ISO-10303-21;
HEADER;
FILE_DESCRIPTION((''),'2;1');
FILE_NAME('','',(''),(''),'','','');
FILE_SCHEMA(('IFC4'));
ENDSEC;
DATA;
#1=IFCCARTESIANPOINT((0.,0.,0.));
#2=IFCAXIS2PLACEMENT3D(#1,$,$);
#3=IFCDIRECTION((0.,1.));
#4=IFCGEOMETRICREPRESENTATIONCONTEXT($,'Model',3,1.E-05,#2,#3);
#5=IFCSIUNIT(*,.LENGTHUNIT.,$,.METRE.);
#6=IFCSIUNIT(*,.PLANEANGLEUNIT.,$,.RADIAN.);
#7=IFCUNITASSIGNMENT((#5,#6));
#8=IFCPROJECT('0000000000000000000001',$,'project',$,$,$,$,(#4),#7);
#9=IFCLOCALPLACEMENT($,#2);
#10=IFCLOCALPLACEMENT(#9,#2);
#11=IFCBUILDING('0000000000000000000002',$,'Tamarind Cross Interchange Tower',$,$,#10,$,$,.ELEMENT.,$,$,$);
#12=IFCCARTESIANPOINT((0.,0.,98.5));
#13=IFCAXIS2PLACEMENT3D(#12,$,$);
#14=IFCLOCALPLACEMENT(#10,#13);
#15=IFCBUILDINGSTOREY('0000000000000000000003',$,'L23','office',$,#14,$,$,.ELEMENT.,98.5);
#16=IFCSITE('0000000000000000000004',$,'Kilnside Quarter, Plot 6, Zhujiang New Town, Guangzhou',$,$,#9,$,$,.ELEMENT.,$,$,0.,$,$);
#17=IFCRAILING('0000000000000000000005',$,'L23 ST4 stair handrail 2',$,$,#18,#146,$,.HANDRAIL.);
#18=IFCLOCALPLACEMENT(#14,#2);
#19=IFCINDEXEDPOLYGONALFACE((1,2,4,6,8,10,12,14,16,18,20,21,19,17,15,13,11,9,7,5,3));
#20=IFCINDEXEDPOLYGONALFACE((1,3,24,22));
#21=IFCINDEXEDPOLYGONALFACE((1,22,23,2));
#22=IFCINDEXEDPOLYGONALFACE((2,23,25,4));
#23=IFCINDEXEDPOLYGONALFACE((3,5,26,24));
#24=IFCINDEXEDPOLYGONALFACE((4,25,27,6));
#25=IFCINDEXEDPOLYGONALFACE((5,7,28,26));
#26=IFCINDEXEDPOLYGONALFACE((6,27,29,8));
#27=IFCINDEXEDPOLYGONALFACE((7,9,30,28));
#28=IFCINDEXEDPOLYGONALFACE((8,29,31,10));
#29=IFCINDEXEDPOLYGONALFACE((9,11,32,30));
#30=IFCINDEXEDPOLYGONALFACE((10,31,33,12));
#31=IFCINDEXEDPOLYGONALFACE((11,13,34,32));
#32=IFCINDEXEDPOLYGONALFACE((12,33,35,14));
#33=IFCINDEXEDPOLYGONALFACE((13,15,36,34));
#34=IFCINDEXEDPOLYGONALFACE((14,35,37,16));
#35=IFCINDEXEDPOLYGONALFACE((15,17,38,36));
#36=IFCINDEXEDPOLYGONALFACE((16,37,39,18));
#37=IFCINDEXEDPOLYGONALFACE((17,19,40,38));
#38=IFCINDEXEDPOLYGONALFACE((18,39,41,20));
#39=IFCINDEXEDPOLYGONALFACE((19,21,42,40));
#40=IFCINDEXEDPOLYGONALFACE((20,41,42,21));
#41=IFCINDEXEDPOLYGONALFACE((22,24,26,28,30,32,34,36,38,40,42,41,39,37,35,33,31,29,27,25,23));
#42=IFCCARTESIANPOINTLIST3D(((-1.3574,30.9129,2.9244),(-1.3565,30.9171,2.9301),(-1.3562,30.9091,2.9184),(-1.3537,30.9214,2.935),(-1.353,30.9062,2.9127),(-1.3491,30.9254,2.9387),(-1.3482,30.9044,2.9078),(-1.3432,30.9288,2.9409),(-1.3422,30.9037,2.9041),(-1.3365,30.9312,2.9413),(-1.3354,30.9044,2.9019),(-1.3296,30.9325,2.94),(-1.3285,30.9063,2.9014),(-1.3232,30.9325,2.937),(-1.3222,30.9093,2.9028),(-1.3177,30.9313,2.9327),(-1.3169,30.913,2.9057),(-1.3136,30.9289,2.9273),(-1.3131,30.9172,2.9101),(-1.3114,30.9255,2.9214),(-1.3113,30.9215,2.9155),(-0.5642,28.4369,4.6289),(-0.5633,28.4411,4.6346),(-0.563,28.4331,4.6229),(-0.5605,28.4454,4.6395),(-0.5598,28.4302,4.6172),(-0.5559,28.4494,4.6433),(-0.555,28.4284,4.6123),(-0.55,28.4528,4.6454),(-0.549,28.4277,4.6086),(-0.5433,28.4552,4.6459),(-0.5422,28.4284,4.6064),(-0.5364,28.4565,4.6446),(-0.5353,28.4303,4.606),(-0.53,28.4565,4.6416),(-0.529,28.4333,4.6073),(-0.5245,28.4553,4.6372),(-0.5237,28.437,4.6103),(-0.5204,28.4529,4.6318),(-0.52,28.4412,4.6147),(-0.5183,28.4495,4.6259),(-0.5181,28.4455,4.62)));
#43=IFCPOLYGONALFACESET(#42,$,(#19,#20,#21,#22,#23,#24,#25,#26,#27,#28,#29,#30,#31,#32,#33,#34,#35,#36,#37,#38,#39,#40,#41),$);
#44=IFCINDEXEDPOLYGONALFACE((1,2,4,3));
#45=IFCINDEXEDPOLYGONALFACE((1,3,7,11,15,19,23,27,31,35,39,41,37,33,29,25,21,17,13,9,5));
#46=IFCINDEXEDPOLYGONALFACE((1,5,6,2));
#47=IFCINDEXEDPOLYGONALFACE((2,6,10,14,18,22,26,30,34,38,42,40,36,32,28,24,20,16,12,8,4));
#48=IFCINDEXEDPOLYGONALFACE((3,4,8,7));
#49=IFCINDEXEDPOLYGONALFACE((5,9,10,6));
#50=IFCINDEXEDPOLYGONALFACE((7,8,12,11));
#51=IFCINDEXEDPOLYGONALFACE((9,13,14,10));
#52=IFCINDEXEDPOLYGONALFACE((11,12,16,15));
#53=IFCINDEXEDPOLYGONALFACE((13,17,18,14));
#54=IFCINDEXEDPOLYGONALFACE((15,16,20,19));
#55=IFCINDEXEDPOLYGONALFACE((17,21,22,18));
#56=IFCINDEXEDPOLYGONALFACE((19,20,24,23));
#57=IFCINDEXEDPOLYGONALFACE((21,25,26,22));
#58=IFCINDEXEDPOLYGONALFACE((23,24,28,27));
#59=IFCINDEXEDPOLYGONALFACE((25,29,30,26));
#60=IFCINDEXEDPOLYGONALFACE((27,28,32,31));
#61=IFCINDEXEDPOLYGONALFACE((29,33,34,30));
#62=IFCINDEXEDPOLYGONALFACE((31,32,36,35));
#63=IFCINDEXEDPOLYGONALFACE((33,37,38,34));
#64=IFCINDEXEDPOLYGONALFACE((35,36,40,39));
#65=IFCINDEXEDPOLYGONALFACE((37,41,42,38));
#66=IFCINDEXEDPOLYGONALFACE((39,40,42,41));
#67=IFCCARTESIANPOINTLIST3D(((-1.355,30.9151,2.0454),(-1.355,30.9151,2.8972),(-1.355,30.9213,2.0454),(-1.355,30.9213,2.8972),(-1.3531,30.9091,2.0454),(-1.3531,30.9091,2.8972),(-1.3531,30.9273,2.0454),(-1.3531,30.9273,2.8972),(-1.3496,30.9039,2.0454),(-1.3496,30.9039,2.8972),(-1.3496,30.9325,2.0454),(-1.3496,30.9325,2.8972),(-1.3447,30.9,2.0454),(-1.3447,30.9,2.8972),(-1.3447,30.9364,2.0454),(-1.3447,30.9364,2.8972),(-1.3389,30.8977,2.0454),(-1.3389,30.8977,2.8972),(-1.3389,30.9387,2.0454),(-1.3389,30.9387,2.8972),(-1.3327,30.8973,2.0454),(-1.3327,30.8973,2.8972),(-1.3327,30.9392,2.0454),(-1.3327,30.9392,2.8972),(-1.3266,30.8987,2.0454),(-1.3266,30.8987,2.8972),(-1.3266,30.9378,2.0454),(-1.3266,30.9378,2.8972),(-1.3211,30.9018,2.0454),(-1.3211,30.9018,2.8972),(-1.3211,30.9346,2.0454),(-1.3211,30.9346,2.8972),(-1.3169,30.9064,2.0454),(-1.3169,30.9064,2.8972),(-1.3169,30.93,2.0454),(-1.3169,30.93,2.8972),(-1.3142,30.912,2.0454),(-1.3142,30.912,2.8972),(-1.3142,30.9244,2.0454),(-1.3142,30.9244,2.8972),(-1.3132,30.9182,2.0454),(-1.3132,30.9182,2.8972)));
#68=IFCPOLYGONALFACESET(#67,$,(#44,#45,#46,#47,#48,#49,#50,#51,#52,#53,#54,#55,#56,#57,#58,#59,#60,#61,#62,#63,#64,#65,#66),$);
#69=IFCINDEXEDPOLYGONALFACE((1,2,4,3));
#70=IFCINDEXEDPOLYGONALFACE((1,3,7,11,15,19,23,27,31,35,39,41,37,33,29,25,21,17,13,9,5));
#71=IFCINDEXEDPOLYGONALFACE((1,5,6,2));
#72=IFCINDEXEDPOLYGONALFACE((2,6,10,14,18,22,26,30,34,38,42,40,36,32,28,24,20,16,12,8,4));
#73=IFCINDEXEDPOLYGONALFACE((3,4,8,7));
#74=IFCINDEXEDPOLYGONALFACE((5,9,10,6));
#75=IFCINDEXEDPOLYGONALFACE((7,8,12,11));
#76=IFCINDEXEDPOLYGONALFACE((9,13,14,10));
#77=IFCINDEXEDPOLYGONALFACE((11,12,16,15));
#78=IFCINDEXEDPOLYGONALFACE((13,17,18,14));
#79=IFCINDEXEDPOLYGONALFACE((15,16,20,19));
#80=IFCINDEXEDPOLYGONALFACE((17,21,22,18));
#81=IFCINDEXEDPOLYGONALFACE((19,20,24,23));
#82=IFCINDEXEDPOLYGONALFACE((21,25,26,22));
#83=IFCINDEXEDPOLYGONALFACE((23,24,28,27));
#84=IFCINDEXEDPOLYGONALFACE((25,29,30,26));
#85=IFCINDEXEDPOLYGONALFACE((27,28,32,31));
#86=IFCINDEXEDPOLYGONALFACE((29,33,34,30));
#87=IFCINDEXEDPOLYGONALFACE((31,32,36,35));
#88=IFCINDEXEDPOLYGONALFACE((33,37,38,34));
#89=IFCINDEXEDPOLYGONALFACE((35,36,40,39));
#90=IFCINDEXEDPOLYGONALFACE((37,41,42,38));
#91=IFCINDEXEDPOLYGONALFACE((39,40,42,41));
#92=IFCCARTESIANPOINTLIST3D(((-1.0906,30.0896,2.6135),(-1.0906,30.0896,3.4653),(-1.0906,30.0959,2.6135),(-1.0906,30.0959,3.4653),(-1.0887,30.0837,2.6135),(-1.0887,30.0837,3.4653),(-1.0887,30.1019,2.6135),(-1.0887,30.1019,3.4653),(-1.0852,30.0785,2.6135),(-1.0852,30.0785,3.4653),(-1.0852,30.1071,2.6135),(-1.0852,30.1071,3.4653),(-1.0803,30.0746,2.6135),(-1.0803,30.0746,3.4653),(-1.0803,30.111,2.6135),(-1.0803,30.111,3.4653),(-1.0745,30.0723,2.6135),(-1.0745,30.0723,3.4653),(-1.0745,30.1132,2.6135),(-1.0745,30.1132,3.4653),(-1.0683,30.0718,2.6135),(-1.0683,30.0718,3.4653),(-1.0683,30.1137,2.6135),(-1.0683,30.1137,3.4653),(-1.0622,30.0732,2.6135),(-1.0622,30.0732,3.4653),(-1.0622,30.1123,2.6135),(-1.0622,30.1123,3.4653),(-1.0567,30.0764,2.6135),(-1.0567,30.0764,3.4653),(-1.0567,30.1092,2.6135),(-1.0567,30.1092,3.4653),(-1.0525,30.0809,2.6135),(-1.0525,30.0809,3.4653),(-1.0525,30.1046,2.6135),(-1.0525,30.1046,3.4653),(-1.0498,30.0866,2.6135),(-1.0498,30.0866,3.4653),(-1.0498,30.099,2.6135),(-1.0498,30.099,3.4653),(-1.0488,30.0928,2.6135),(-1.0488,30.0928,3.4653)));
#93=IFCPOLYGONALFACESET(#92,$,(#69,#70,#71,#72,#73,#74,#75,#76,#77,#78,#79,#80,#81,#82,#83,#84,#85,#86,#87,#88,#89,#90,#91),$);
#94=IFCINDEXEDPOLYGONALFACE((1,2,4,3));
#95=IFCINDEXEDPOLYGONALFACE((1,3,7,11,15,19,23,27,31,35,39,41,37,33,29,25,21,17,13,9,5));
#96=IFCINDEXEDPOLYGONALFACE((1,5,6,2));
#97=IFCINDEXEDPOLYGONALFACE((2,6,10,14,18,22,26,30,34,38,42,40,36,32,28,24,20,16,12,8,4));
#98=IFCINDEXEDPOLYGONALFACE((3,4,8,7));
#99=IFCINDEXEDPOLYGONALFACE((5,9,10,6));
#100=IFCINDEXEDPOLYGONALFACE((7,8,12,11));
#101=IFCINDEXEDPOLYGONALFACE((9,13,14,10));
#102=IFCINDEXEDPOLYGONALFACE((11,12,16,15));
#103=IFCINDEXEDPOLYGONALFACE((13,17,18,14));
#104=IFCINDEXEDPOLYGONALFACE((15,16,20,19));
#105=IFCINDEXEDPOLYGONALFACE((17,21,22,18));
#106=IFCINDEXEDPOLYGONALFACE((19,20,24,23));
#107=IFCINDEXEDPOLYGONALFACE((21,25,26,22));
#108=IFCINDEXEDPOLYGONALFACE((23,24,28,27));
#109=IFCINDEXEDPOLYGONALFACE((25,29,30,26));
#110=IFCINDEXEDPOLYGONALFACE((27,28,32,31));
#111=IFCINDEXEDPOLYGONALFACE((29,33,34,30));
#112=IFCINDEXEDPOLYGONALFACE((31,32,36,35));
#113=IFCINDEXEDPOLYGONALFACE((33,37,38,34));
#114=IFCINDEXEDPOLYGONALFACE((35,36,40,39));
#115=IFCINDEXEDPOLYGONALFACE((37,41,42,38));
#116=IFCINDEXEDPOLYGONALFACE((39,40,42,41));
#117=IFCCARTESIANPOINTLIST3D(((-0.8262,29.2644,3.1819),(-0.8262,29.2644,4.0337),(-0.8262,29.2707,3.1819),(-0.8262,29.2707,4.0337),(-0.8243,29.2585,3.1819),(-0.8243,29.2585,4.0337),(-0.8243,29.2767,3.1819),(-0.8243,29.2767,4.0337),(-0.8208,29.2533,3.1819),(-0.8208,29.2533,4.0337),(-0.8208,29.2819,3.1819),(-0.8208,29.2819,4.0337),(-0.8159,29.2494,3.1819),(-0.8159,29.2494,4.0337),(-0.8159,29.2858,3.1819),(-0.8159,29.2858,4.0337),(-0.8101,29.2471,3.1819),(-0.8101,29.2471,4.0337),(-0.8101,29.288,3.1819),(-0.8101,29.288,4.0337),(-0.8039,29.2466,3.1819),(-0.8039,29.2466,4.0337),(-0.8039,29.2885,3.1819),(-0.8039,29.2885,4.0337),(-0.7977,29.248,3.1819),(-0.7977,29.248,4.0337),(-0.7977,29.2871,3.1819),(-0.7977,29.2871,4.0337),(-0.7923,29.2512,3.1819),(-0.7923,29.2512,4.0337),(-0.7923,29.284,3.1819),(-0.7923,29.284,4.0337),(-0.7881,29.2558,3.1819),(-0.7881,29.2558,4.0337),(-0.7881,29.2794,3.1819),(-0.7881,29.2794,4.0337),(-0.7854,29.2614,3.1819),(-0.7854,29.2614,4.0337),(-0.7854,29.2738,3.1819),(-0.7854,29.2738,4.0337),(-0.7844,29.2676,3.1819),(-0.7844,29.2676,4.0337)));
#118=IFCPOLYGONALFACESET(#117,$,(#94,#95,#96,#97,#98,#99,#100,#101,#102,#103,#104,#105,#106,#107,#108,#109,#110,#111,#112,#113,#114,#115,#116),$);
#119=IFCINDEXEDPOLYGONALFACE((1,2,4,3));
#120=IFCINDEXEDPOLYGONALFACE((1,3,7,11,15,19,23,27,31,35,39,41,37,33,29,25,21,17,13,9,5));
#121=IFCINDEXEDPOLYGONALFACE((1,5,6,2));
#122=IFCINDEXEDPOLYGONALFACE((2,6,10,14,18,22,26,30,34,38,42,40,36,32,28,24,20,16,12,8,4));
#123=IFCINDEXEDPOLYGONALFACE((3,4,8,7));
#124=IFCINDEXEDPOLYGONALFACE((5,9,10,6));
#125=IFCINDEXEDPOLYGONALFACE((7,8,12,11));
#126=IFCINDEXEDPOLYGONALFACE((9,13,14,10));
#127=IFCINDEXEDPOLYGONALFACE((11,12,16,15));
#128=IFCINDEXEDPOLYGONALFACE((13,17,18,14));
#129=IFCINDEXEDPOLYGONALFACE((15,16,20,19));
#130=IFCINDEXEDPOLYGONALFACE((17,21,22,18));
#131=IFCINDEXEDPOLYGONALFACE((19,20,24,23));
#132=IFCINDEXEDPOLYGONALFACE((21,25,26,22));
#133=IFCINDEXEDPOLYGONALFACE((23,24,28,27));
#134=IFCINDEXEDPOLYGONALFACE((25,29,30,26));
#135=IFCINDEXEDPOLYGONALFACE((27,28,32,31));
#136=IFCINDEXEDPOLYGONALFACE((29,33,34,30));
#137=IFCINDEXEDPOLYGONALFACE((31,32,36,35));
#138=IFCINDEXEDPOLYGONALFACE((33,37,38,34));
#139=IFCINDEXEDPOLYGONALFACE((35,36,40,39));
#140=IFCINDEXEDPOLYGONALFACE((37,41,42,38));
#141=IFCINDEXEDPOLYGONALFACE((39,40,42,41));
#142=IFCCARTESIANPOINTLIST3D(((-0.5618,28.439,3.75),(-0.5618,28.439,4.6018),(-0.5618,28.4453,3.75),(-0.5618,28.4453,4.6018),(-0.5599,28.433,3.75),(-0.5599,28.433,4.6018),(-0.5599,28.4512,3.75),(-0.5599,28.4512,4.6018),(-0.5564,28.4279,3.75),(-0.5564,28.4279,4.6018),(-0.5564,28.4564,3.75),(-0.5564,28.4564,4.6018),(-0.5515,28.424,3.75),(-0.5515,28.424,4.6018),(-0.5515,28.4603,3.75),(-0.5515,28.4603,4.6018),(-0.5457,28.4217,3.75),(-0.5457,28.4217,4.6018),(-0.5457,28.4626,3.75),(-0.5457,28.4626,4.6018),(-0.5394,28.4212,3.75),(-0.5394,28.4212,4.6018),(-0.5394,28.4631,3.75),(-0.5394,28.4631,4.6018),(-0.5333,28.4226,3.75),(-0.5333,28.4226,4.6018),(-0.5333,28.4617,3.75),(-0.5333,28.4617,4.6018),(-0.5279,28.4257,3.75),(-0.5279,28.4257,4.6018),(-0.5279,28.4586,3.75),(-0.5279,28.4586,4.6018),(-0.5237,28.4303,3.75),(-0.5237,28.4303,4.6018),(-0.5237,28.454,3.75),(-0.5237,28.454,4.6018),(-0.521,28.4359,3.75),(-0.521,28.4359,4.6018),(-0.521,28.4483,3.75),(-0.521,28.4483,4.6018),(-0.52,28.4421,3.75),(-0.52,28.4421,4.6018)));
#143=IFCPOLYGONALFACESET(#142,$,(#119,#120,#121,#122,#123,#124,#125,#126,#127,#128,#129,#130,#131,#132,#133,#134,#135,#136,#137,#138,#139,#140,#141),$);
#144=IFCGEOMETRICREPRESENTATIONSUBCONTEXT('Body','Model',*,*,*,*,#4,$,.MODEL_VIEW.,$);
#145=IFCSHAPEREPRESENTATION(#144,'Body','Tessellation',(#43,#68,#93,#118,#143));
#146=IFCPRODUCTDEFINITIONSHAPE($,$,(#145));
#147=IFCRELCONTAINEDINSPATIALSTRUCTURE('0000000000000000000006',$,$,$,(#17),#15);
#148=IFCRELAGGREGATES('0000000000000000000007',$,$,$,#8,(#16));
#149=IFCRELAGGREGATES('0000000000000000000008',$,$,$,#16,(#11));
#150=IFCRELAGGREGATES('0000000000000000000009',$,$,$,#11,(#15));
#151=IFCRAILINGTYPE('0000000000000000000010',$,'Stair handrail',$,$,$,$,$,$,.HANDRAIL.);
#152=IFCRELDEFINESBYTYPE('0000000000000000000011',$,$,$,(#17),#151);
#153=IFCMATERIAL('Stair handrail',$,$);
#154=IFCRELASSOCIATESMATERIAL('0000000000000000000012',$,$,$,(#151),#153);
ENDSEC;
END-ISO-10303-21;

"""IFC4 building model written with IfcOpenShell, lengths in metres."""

from ifc_helpers import new_model, si_unit, direction, frame, origin, origin_2d, place, context, subcontext, project, spatial, circle, extrude, material, type_object, element, save


model = new_model("IFC4")

# Units and contexts
model_context = context("Model", 3, precision=1e-05, world=origin(), true_north=direction((0.0, 1.0)))
body_context = subcontext(model_context, "Body", "Model", "MODEL_VIEW")
ifc_project = project(units=[si_unit("LENGTHUNIT", "METRE"), si_unit("PLANEANGLEUNIT", "RADIAN")], contexts=[model_context])

# Site, building, storey
site_placement = place(None, origin())
site = spatial("IfcSite", under=ifc_project, at=site_placement, Name="Kilnside Quarter, Plot 6, Zhujiang New Town, Guangzhou", CompositionType="ELEMENT", RefElevation=0.0)
building_placement = place(site_placement, origin())
building = spatial("IfcBuilding", under=site, at=building_placement, Name="Tamarind Cross Interchange Tower", CompositionType="ELEMENT")
storey_placement = place(building_placement, frame((0.0, 0.0, 98.5)))
storey = spatial("IfcBuildingStorey", under=building, at=storey_placement, Name="L23", Description="office", CompositionType="ELEMENT", Elevation=98.5)

# Railing
ifc_material_1 = material(Name="Stair handrail")
railing_type_1 = type_object("IfcRailingType", Name="Stair handrail", PredefinedType="HANDRAIL", material=ifc_material_1)
railing_1_placement = place(storey_placement, frame((-1.3342, 30.9182, 2.0454)))
element("IfcRailing", 1, at=railing_1_placement, inside=storey, type_object=railing_type_1, Name="L23 ST4 stair handrail 2", PredefinedType="HANDRAIL", context=body_context, shape_type="SweptSolid", body=[
    extrude(circle(Radius=0.0239, at=origin_2d()), frame((0.0, 0.0, 0.876), z_axis=(0.255136, -0.796427, 0.548279), x_axis=(0.952327, 0.305079, 0.0)), (0.0, 0.0, 1.0), 3.1089),
    extrude(circle(Radius=0.021, at=origin_2d()), origin(), (0.0, 0.0, 1.0), 0.8518),
    extrude(circle(Radius=0.021, at=origin_2d()), frame((0.2644, -0.8254, 0.5681)), (0.0, 0.0, 1.0), 0.8518),
    extrude(circle(Radius=0.021, at=origin_2d()), frame((0.5288, -1.6506, 1.1365)), (0.0, 0.0, 1.0), 0.8518),
    extrude(circle(Radius=0.021, at=origin_2d()), frame((0.7932, -2.4761, 1.7046)), (0.0, 0.0, 1.0), 0.8518),
])

save(model, "model.ifc")
